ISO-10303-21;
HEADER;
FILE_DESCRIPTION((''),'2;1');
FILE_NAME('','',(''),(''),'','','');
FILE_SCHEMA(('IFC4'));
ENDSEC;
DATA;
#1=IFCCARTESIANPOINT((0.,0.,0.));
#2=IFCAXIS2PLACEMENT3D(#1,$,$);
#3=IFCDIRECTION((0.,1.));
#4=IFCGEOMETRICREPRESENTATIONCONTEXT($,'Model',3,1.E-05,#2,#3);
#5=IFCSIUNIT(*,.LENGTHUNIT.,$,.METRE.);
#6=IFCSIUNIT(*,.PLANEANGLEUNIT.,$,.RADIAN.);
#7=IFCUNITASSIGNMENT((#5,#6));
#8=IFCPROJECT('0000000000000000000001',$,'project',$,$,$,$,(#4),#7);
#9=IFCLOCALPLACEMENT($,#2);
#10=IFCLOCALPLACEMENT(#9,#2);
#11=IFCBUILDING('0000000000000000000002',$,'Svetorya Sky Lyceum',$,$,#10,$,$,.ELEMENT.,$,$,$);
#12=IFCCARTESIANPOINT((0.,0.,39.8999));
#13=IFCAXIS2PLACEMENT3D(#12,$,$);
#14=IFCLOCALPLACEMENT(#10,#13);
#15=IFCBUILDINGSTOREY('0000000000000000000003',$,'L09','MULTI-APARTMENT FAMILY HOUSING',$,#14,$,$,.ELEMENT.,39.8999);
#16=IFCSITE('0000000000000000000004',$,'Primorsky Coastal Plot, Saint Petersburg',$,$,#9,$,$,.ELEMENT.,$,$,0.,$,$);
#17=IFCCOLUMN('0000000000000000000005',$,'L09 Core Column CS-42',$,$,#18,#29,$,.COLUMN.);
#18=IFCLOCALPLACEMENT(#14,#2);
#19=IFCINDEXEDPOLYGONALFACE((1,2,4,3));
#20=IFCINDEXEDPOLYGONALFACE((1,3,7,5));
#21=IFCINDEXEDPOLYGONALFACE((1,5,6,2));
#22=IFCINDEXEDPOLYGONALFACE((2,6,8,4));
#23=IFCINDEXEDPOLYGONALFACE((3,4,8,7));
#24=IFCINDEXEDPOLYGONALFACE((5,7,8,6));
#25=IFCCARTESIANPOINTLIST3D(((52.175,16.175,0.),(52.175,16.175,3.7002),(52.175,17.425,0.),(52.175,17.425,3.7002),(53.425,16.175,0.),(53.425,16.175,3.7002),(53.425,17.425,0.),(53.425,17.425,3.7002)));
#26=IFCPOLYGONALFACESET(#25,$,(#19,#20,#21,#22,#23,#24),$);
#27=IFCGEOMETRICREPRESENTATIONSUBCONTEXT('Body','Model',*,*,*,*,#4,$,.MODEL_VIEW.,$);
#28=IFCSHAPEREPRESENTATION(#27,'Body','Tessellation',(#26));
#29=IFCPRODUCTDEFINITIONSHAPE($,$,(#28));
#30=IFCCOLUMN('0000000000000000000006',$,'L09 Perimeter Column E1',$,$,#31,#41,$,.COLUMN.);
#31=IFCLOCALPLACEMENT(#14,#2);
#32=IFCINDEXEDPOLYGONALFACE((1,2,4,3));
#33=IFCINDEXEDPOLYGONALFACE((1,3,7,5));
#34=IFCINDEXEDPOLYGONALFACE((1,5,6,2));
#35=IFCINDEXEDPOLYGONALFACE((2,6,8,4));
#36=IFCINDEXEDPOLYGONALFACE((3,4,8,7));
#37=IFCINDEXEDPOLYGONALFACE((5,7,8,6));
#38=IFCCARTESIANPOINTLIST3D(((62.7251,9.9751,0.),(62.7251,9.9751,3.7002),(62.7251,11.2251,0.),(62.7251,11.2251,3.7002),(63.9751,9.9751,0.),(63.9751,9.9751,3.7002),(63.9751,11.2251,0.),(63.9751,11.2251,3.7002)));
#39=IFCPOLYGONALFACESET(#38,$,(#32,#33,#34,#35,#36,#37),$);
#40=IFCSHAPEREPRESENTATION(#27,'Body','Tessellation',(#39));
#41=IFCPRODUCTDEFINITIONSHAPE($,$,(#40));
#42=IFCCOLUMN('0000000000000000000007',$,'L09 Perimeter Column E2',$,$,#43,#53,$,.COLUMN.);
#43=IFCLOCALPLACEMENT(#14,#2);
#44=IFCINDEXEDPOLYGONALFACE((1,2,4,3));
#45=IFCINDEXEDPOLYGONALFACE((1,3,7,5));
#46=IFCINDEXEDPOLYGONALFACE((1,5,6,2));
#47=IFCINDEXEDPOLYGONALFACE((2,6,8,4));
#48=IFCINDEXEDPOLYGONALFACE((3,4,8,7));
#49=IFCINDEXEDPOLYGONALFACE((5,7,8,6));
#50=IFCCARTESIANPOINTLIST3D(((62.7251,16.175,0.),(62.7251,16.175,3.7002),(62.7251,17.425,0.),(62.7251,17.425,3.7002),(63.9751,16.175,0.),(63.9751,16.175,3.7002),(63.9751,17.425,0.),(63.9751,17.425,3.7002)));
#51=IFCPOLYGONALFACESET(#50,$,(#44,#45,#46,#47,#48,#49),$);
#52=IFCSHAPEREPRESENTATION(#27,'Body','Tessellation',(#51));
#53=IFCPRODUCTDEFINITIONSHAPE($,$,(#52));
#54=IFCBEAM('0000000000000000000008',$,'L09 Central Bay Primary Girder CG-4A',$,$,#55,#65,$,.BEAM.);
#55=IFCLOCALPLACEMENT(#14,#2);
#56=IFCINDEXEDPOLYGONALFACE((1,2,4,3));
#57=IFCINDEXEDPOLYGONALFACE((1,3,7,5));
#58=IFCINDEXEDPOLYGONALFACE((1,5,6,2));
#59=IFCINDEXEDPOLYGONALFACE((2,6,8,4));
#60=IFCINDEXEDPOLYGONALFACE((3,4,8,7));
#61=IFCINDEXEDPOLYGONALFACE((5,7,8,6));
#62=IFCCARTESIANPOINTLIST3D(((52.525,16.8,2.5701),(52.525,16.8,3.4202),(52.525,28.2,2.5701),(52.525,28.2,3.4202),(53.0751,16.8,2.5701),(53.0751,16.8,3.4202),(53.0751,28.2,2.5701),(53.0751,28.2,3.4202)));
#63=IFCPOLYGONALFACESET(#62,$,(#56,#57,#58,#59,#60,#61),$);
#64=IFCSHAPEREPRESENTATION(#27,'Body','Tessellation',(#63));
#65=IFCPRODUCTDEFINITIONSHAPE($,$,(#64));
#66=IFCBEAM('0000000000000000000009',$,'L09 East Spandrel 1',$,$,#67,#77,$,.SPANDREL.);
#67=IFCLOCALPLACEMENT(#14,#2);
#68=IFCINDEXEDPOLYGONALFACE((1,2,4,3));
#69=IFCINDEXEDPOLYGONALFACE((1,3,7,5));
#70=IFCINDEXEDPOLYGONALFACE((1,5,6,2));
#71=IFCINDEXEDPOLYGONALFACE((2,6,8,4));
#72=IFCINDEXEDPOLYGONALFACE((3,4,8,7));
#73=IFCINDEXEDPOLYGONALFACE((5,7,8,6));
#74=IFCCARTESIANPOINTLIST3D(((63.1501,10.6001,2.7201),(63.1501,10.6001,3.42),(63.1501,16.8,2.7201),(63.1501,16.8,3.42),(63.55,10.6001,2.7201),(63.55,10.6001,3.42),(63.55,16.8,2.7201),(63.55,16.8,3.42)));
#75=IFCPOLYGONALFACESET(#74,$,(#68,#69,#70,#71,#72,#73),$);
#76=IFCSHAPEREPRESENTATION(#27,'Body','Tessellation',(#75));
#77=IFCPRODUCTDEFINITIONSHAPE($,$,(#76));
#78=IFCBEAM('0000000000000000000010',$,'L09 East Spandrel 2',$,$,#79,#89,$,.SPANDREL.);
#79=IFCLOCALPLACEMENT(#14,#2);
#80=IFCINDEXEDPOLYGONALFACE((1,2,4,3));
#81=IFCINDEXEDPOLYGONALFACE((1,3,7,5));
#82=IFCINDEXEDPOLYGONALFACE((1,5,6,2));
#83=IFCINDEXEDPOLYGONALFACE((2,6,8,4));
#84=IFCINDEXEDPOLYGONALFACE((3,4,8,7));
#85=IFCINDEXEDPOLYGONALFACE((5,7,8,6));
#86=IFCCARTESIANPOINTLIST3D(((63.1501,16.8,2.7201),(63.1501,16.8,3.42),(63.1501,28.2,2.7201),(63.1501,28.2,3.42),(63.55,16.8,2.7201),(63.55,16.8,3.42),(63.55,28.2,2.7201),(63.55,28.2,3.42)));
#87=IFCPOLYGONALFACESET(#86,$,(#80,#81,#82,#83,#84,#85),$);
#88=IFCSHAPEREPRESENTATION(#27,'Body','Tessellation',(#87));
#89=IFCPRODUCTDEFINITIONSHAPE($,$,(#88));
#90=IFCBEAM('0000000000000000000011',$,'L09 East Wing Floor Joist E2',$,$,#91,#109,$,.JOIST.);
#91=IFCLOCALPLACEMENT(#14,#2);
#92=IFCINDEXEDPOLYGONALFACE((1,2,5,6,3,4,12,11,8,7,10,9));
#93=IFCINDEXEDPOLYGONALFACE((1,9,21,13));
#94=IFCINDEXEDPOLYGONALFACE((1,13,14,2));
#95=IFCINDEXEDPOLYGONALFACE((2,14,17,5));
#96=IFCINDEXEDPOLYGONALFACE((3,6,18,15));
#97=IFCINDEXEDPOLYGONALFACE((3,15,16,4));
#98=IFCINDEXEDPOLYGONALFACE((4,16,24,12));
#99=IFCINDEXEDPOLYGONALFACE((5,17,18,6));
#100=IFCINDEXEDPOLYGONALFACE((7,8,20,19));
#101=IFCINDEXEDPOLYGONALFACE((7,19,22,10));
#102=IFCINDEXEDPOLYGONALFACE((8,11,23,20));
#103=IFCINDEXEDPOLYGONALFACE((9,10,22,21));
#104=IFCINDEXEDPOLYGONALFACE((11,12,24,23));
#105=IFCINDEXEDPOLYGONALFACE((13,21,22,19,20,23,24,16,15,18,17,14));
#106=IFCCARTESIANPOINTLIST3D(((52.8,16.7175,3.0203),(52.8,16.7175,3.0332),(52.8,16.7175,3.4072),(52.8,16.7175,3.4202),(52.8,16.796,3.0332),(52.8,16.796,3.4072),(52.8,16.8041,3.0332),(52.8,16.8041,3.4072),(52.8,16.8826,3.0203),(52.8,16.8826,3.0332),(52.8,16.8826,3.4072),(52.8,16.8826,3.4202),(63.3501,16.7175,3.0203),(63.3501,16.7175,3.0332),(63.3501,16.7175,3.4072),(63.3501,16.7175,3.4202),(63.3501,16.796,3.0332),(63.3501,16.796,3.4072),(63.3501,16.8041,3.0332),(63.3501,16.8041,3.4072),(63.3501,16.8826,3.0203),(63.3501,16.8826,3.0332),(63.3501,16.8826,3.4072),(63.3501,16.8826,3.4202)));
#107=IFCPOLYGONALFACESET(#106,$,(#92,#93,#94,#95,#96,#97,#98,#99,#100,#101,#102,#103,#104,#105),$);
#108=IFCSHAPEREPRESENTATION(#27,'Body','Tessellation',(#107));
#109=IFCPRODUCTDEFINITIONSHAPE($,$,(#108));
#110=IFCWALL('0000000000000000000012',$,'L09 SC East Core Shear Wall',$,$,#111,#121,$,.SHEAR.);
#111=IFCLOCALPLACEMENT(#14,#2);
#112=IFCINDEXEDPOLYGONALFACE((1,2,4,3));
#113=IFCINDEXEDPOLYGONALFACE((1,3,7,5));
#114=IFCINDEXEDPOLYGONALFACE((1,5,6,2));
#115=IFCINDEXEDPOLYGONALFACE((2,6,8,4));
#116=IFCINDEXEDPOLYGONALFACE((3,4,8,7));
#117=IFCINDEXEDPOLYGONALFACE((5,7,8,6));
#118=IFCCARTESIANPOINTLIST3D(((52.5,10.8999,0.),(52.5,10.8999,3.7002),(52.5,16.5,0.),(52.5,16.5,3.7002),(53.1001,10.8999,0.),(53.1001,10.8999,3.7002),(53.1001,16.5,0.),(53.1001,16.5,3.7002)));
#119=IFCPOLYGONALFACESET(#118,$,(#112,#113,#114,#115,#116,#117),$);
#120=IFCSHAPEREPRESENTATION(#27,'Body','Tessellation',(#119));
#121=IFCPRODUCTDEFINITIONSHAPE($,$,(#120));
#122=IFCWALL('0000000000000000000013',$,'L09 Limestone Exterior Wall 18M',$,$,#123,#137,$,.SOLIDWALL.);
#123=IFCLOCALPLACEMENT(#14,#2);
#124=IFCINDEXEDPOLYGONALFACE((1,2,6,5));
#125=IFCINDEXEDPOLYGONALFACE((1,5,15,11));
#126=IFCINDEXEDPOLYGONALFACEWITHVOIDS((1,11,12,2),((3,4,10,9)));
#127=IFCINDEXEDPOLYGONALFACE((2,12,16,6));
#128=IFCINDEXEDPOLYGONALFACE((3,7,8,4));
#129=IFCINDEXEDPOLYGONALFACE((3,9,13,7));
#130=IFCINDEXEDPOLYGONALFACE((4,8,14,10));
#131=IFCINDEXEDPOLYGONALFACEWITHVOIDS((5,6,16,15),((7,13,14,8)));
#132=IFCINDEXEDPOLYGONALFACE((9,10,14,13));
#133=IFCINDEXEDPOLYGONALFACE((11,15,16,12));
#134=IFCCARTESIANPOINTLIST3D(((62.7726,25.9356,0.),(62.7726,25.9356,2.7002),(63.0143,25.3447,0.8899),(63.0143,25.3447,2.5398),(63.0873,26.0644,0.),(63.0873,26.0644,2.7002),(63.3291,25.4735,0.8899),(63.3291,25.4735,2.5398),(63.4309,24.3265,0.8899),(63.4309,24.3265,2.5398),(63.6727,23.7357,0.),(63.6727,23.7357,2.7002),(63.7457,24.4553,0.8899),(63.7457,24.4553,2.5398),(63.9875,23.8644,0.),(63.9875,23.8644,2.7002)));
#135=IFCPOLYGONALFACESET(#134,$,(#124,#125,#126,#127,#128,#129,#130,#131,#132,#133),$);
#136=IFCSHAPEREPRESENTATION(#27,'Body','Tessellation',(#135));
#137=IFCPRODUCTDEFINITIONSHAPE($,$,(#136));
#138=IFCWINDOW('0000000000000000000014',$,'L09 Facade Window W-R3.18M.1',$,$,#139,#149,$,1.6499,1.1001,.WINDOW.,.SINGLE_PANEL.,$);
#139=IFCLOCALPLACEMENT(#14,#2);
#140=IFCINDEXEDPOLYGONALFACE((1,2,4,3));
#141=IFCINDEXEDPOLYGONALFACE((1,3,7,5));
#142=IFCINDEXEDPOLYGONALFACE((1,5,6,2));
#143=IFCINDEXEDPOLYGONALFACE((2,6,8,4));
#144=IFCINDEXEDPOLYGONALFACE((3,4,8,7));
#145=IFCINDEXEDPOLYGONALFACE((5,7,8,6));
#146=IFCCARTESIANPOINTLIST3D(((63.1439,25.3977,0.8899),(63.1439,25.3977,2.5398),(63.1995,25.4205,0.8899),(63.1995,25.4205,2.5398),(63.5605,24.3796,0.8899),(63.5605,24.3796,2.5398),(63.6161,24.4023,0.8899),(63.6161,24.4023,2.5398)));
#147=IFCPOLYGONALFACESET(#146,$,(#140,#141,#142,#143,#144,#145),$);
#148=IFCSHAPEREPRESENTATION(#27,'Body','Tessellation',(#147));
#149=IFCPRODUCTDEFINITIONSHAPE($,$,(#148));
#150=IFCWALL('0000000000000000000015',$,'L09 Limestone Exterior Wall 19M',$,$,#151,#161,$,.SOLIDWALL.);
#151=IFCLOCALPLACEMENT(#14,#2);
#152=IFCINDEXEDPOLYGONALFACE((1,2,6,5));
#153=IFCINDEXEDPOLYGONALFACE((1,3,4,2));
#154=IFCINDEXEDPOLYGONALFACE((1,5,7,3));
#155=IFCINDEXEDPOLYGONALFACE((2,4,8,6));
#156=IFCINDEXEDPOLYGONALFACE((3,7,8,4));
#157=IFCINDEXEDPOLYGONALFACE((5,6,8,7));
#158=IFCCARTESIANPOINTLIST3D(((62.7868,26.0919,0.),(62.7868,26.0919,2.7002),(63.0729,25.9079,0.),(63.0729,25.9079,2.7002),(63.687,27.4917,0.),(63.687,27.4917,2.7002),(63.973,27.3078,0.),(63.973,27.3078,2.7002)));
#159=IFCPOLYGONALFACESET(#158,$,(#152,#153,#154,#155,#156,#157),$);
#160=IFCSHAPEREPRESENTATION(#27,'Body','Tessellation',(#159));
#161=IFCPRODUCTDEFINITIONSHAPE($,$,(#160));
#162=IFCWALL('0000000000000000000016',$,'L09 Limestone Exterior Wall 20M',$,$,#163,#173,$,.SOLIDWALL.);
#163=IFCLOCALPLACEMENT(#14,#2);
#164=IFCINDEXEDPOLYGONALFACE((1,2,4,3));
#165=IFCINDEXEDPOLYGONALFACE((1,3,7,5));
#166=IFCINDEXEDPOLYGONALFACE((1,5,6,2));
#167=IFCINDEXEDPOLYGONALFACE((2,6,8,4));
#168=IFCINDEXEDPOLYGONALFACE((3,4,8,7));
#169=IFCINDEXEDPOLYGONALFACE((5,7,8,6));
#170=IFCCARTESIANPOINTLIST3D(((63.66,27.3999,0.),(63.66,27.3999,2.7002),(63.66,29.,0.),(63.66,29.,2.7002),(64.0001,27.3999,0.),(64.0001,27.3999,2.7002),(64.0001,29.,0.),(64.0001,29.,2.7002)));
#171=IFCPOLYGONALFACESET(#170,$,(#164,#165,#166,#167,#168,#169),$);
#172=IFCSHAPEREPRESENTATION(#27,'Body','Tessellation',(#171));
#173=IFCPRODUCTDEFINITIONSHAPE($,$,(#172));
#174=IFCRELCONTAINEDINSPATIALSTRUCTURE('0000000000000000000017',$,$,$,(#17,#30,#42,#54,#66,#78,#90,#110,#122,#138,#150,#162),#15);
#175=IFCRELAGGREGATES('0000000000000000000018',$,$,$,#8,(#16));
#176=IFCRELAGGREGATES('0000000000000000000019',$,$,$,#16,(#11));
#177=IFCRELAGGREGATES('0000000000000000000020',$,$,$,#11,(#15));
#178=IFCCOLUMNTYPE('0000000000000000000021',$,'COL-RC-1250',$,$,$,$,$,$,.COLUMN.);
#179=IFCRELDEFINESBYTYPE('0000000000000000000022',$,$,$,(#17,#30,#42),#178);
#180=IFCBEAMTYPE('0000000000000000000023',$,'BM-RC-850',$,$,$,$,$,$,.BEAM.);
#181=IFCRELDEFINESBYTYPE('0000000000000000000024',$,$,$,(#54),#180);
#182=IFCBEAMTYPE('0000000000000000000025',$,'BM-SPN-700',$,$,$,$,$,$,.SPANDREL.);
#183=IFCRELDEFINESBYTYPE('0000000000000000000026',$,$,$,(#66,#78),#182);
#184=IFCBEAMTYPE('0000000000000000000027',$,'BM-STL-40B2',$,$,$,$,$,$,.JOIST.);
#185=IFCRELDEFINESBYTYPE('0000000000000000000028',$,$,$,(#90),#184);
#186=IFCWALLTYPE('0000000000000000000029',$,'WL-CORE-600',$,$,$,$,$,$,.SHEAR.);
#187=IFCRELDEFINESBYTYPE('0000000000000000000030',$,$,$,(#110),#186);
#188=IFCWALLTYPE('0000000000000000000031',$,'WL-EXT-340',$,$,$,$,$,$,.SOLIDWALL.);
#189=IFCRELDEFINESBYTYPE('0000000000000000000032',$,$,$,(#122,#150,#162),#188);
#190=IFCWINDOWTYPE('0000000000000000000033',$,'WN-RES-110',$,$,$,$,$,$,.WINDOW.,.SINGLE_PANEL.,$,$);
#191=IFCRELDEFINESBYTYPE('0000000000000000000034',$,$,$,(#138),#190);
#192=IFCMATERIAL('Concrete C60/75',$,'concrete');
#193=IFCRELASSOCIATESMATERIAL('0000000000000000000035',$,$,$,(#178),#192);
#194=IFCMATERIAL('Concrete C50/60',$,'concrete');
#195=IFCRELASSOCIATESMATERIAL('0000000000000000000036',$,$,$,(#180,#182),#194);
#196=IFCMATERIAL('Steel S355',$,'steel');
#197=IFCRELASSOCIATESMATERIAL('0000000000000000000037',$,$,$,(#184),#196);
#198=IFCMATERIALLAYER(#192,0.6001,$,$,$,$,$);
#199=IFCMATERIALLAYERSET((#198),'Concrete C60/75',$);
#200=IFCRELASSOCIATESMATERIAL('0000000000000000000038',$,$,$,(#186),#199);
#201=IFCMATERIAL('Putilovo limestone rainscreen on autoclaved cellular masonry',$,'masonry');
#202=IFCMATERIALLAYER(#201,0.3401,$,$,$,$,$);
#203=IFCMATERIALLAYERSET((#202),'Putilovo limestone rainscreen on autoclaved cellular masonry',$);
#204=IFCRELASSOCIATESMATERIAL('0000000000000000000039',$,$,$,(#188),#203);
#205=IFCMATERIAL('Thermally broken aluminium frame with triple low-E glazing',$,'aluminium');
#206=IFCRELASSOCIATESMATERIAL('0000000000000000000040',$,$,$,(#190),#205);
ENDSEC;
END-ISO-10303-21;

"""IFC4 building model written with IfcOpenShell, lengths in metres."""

from ifc_helpers import new_model, si_unit, direction, frame, frame_2d, origin, origin_2d, place, context, subcontext, project, spatial, rectangle, i_section, extrude, material, layer, layer_set, material_profile, profile_set, type_object, element, fill, save


model = new_model("IFC4")

# Units and contexts
model_context = context("Model", 3, precision=1e-05, world=origin(), true_north=direction((0.0, 1.0)))
body_context = subcontext(model_context, "Body", "Model", "MODEL_VIEW")
ifc_project = project(units=[si_unit("LENGTHUNIT", "METRE"), si_unit("PLANEANGLEUNIT", "RADIAN")], contexts=[model_context])

# Site, building, storey
site_placement = place(None, origin())
site = spatial("IfcSite", under=ifc_project, at=site_placement, Name="Primorsky Coastal Plot, Saint Petersburg", CompositionType="ELEMENT", RefElevation=0.0)
building_placement = place(site_placement, origin())
building = spatial("IfcBuilding", under=site, at=building_placement, Name="Svetorya Sky Lyceum", CompositionType="ELEMENT")
storey_placement = place(building_placement, frame((0.0, 0.0, 39.8999)))
storey = spatial("IfcBuildingStorey", under=building, at=storey_placement, Name="L09", Description="MULTI-APARTMENT FAMILY HOUSING", CompositionType="ELEMENT", Elevation=39.8999)

# Columns
ifc_material_1 = material(Name="Concrete C60/75", Category="concrete")
ifc_material_profile_1 = material_profile(ifc_material_1, rectangle(XDim=1.25, YDim=1.25, at=origin_2d()), Name="RC COL 1250x1250")
ifc_profile_set_1 = profile_set([ifc_material_profile_1], Name="Concrete C60/75")
column_type = type_object("IfcColumnType", Name="COL-RC-1250", PredefinedType="COLUMN", material=ifc_profile_set_1)
for number, where, z_axis, x_axis, name in (
    (1, (52.8, 16.8, 0.0), (0.0, 0.0, 1.0), (1.0, 0.0, 0.0), "L09 Core Column CS-42"),
    (2, (63.3501, 10.6001, 0.0), (0.0, 0.0, 1.0), (1.0, 0.0, 0.0), "L09 Perimeter Column E1"),
    (3, (63.3501, 16.8, 0.0), (0.0, 0.0, 1.0), (1.0, 0.0, 0.0), "L09 Perimeter Column E2"),
):
    element("IfcColumn", number, at=place(storey_placement, frame(where, z_axis=z_axis, x_axis=x_axis)), inside=storey, type_object=column_type, Name=name, PredefinedType="COLUMN", context=body_context, shape_type="SweptSolid", body=[
        extrude(rectangle(XDim=1.25, YDim=1.25, at=origin_2d()), origin(), (0.0, 0.0, 1.0), 3.7002),
    ])

# Beams
ifc_material_2 = material(Name="Concrete C50/60", Category="concrete")
ifc_material_profile_2 = material_profile(ifc_material_2, rectangle(XDim=0.55, YDim=0.8501, at=origin_2d()), Name="RC BEAM 550x850")
ifc_profile_set_2 = profile_set([ifc_material_profile_2], Name="Concrete C50/60")
beam_type_1 = type_object("IfcBeamType", Name="BM-RC-850", PredefinedType="BEAM", material=ifc_profile_set_2)
beam_1_placement = place(storey_placement, frame((52.8, 16.8, 2.9951), z_axis=(0.0, 1.0, 0.0), x_axis=(-1.0, 0.0, 0.0)))
element("IfcBeam", 4, at=beam_1_placement, inside=storey, type_object=beam_type_1, Name="L09 Central Bay Primary Girder CG-4A", PredefinedType="BEAM", context=body_context, shape_type="SweptSolid", body=[
    extrude(rectangle(XDim=0.55, YDim=0.8501, at=origin_2d()), origin(), (0.0, 0.0, 1.0), 11.3999),
])
ifc_material_profile_3 = material_profile(ifc_material_2, rectangle(XDim=0.3999, YDim=0.7, at=origin_2d()), Name="RC SPANDREL 400x700")
ifc_profile_set_3 = profile_set([ifc_material_profile_3], Name="Concrete C50/60")
beam_type_2 = type_object("IfcBeamType", Name="BM-SPN-700", PredefinedType="SPANDREL", material=ifc_profile_set_3)
beam_2_placement = place(storey_placement, frame((63.3501, 10.6001, 3.0701), z_axis=(0.0, 1.0, 0.0), x_axis=(-1.0, 0.0, 0.0)))
element("IfcBeam", 5, at=beam_2_placement, inside=storey, type_object=beam_type_2, Name="L09 East Spandrel 1", PredefinedType="SPANDREL", context=body_context, shape_type="SweptSolid", body=[
    extrude(rectangle(XDim=0.3999, YDim=0.7, at=origin_2d()), origin(), (0.0, 0.0, 1.0), 6.2),
])
beam_3_placement = place(storey_placement, frame((63.3501, 16.8, 3.0701), z_axis=(0.0, 1.0, 0.0), x_axis=(-1.0, 0.0, 0.0)))
element("IfcBeam", 6, at=beam_3_placement, inside=storey, type_object=beam_type_2, Name="L09 East Spandrel 2", PredefinedType="SPANDREL", context=body_context, shape_type="SweptSolid", body=[
    extrude(rectangle(XDim=0.3999, YDim=0.7, at=origin_2d()), origin(), (0.0, 0.0, 1.0), 11.3999),
])
ifc_material_3 = material(Name="Steel S355", Category="steel")
ifc_material_profile_4 = material_profile(ifc_material_3, i_section(OverallWidth=0.165, OverallDepth=0.3999, WebThickness=0.0081, FlangeThickness=0.0129, at=origin_2d()), Name="GOST 40B2")
ifc_profile_set_4 = profile_set([ifc_material_profile_4], Name="Steel S355")
beam_type_3 = type_object("IfcBeamType", Name="BM-STL-40B2", PredefinedType="JOIST", material=ifc_profile_set_4)
beam_4_placement = place(storey_placement, frame((52.8, 16.8, 3.2202), z_axis=(1.0, 0.0, 0.0), x_axis=(0.0, 1.0, 0.0)))
element("IfcBeam", 7, at=beam_4_placement, inside=storey, type_object=beam_type_3, Name="L09 East Wing Floor Joist E2", PredefinedType="JOIST", context=body_context, shape_type="SweptSolid", body=[
    extrude(i_section(OverallWidth=0.165, OverallDepth=0.3999, WebThickness=0.0081, FlangeThickness=0.0129, at=origin_2d()), origin(), (0.0, 0.0, 1.0), 10.55),
])

# Wall
ifc_layer_1 = layer(ifc_material_1, 0.6001)
ifc_layer_set_1 = layer_set([ifc_layer_1], Name="Concrete C60/75")
wall_type_1 = type_object("IfcWallType", Name="WL-CORE-600", PredefinedType="SHEAR", material=ifc_layer_set_1)
wall_1_placement = place(storey_placement, frame((52.8, 10.8999, 0.0), z_axis=(0.0, 0.0, 1.0), x_axis=(0.0, 1.0, 0.0)))
element("IfcWall", 8, at=wall_1_placement, inside=storey, type_object=wall_type_1, Name="L09 SC East Core Shear Wall", PredefinedType="SHEAR", context=body_context, shape_type="SweptSolid", body=[
    extrude(rectangle(XDim=5.6001, YDim=0.6001, at=frame_2d((2.8, 0.0))), origin(), (0.0, 0.0, 1.0), 3.7002),
])

# Wall, opening, window
ifc_material_4 = material(Name="Putilovo limestone rainscreen on autoclaved cellular masonry", Category="masonry")
ifc_layer_2 = layer(ifc_material_4, 0.3401)
ifc_layer_set_2 = layer_set([ifc_layer_2], Name="Putilovo limestone rainscreen on autoclaved cellular masonry")
wall_type_2 = type_object("IfcWallType", Name="WL-EXT-340", PredefinedType="SOLIDWALL", material=ifc_layer_set_2)
wall_2_placement = place(storey_placement, frame((63.8301, 23.8, 0.0), z_axis=(0.0, 0.0, 1.0), x_axis=(-0.378693, 0.925522, 0.0)))
wall_2 = element("IfcWall", 9, at=wall_2_placement, inside=storey, type_object=wall_type_2, Name="L09 Limestone Exterior Wall 18M", PredefinedType="SOLIDWALL", context=body_context, shape_type="SweptSolid", body=[
    extrude(rectangle(XDim=2.377, YDim=0.3401, at=frame_2d((1.1885, 0.0))), origin(), (0.0, 0.0, 1.0), 2.7002),
])
opening_1_placement = place(wall_2_placement, frame((0.6384, 0.0, 0.8899)))
opening_1 = element("IfcOpeningElement", 10, at=opening_1_placement, cuts=wall_2, PredefinedType="OPENING", context=body_context, shape_type="SweptSolid", body=[
    extrude(rectangle(XDim=1.1001, YDim=1.6499, at=frame_2d((0.55, 0.825))), frame((0.0, 0.1799, 0.0), z_axis=(0.0, -1.0, 0.0), x_axis=(1.0, 0.0, 0.0)), (0.0, 0.0, 1.0), 0.3601),
])
ifc_material_5 = material(Name="Thermally broken aluminium frame with triple low-E glazing", Category="aluminium")
window_type = type_object("IfcWindowType", Name="WN-RES-110", PartitioningType="SINGLE_PANEL", PredefinedType="WINDOW", material=ifc_material_5)
window_placement = place(opening_1_placement, origin())
window = element("IfcWindow", 11, at=window_placement, inside=storey, type_object=window_type, Name="L09 Facade Window W-R3.18M.1", OverallHeight=1.6499, OverallWidth=1.1001, PartitioningType="SINGLE_PANEL", PredefinedType="WINDOW", context=body_context, shape_type="SweptSolid", body=[
    extrude(rectangle(XDim=1.1001, YDim=1.6499, at=frame_2d((0.55, 0.825))), frame((0.0, 0.03, 0.0), z_axis=(0.0, -1.0, 0.0), x_axis=(1.0, 0.0, 0.0)), (0.0, 0.0, 1.0), 0.0601),
])
fill(opening_1, window)

# Walls
wall_3_placement = place(storey_placement, frame((62.9299, 26.0, 0.0), z_axis=(0.0, 0.0, 1.0), x_axis=(0.540847, 0.841121, 0.0)))
element("IfcWall", 12, at=wall_3_placement, inside=storey, type_object=wall_type_2, Name="L09 Limestone Exterior Wall 19M", PredefinedType="SOLIDWALL", context=body_context, shape_type="SweptSolid", body=[
    extrude(rectangle(XDim=1.6643, YDim=0.3401, at=frame_2d((0.832, 0.0))), origin(), (0.0, 0.0, 1.0), 2.7002),
])
wall_4_placement = place(storey_placement, frame((63.8301, 27.3999, 0.0), z_axis=(0.0, 0.0, 1.0), x_axis=(0.0, 1.0, 0.0)))
element("IfcWall", 13, at=wall_4_placement, inside=storey, type_object=wall_type_2, Name="L09 Limestone Exterior Wall 20M", PredefinedType="SOLIDWALL", context=body_context, shape_type="SweptSolid", body=[
    extrude(rectangle(XDim=1.6001, YDim=0.3401, at=frame_2d((0.8, 0.0))), origin(), (0.0, 0.0, 1.0), 2.7002),
])

save(model, "model.ifc")
